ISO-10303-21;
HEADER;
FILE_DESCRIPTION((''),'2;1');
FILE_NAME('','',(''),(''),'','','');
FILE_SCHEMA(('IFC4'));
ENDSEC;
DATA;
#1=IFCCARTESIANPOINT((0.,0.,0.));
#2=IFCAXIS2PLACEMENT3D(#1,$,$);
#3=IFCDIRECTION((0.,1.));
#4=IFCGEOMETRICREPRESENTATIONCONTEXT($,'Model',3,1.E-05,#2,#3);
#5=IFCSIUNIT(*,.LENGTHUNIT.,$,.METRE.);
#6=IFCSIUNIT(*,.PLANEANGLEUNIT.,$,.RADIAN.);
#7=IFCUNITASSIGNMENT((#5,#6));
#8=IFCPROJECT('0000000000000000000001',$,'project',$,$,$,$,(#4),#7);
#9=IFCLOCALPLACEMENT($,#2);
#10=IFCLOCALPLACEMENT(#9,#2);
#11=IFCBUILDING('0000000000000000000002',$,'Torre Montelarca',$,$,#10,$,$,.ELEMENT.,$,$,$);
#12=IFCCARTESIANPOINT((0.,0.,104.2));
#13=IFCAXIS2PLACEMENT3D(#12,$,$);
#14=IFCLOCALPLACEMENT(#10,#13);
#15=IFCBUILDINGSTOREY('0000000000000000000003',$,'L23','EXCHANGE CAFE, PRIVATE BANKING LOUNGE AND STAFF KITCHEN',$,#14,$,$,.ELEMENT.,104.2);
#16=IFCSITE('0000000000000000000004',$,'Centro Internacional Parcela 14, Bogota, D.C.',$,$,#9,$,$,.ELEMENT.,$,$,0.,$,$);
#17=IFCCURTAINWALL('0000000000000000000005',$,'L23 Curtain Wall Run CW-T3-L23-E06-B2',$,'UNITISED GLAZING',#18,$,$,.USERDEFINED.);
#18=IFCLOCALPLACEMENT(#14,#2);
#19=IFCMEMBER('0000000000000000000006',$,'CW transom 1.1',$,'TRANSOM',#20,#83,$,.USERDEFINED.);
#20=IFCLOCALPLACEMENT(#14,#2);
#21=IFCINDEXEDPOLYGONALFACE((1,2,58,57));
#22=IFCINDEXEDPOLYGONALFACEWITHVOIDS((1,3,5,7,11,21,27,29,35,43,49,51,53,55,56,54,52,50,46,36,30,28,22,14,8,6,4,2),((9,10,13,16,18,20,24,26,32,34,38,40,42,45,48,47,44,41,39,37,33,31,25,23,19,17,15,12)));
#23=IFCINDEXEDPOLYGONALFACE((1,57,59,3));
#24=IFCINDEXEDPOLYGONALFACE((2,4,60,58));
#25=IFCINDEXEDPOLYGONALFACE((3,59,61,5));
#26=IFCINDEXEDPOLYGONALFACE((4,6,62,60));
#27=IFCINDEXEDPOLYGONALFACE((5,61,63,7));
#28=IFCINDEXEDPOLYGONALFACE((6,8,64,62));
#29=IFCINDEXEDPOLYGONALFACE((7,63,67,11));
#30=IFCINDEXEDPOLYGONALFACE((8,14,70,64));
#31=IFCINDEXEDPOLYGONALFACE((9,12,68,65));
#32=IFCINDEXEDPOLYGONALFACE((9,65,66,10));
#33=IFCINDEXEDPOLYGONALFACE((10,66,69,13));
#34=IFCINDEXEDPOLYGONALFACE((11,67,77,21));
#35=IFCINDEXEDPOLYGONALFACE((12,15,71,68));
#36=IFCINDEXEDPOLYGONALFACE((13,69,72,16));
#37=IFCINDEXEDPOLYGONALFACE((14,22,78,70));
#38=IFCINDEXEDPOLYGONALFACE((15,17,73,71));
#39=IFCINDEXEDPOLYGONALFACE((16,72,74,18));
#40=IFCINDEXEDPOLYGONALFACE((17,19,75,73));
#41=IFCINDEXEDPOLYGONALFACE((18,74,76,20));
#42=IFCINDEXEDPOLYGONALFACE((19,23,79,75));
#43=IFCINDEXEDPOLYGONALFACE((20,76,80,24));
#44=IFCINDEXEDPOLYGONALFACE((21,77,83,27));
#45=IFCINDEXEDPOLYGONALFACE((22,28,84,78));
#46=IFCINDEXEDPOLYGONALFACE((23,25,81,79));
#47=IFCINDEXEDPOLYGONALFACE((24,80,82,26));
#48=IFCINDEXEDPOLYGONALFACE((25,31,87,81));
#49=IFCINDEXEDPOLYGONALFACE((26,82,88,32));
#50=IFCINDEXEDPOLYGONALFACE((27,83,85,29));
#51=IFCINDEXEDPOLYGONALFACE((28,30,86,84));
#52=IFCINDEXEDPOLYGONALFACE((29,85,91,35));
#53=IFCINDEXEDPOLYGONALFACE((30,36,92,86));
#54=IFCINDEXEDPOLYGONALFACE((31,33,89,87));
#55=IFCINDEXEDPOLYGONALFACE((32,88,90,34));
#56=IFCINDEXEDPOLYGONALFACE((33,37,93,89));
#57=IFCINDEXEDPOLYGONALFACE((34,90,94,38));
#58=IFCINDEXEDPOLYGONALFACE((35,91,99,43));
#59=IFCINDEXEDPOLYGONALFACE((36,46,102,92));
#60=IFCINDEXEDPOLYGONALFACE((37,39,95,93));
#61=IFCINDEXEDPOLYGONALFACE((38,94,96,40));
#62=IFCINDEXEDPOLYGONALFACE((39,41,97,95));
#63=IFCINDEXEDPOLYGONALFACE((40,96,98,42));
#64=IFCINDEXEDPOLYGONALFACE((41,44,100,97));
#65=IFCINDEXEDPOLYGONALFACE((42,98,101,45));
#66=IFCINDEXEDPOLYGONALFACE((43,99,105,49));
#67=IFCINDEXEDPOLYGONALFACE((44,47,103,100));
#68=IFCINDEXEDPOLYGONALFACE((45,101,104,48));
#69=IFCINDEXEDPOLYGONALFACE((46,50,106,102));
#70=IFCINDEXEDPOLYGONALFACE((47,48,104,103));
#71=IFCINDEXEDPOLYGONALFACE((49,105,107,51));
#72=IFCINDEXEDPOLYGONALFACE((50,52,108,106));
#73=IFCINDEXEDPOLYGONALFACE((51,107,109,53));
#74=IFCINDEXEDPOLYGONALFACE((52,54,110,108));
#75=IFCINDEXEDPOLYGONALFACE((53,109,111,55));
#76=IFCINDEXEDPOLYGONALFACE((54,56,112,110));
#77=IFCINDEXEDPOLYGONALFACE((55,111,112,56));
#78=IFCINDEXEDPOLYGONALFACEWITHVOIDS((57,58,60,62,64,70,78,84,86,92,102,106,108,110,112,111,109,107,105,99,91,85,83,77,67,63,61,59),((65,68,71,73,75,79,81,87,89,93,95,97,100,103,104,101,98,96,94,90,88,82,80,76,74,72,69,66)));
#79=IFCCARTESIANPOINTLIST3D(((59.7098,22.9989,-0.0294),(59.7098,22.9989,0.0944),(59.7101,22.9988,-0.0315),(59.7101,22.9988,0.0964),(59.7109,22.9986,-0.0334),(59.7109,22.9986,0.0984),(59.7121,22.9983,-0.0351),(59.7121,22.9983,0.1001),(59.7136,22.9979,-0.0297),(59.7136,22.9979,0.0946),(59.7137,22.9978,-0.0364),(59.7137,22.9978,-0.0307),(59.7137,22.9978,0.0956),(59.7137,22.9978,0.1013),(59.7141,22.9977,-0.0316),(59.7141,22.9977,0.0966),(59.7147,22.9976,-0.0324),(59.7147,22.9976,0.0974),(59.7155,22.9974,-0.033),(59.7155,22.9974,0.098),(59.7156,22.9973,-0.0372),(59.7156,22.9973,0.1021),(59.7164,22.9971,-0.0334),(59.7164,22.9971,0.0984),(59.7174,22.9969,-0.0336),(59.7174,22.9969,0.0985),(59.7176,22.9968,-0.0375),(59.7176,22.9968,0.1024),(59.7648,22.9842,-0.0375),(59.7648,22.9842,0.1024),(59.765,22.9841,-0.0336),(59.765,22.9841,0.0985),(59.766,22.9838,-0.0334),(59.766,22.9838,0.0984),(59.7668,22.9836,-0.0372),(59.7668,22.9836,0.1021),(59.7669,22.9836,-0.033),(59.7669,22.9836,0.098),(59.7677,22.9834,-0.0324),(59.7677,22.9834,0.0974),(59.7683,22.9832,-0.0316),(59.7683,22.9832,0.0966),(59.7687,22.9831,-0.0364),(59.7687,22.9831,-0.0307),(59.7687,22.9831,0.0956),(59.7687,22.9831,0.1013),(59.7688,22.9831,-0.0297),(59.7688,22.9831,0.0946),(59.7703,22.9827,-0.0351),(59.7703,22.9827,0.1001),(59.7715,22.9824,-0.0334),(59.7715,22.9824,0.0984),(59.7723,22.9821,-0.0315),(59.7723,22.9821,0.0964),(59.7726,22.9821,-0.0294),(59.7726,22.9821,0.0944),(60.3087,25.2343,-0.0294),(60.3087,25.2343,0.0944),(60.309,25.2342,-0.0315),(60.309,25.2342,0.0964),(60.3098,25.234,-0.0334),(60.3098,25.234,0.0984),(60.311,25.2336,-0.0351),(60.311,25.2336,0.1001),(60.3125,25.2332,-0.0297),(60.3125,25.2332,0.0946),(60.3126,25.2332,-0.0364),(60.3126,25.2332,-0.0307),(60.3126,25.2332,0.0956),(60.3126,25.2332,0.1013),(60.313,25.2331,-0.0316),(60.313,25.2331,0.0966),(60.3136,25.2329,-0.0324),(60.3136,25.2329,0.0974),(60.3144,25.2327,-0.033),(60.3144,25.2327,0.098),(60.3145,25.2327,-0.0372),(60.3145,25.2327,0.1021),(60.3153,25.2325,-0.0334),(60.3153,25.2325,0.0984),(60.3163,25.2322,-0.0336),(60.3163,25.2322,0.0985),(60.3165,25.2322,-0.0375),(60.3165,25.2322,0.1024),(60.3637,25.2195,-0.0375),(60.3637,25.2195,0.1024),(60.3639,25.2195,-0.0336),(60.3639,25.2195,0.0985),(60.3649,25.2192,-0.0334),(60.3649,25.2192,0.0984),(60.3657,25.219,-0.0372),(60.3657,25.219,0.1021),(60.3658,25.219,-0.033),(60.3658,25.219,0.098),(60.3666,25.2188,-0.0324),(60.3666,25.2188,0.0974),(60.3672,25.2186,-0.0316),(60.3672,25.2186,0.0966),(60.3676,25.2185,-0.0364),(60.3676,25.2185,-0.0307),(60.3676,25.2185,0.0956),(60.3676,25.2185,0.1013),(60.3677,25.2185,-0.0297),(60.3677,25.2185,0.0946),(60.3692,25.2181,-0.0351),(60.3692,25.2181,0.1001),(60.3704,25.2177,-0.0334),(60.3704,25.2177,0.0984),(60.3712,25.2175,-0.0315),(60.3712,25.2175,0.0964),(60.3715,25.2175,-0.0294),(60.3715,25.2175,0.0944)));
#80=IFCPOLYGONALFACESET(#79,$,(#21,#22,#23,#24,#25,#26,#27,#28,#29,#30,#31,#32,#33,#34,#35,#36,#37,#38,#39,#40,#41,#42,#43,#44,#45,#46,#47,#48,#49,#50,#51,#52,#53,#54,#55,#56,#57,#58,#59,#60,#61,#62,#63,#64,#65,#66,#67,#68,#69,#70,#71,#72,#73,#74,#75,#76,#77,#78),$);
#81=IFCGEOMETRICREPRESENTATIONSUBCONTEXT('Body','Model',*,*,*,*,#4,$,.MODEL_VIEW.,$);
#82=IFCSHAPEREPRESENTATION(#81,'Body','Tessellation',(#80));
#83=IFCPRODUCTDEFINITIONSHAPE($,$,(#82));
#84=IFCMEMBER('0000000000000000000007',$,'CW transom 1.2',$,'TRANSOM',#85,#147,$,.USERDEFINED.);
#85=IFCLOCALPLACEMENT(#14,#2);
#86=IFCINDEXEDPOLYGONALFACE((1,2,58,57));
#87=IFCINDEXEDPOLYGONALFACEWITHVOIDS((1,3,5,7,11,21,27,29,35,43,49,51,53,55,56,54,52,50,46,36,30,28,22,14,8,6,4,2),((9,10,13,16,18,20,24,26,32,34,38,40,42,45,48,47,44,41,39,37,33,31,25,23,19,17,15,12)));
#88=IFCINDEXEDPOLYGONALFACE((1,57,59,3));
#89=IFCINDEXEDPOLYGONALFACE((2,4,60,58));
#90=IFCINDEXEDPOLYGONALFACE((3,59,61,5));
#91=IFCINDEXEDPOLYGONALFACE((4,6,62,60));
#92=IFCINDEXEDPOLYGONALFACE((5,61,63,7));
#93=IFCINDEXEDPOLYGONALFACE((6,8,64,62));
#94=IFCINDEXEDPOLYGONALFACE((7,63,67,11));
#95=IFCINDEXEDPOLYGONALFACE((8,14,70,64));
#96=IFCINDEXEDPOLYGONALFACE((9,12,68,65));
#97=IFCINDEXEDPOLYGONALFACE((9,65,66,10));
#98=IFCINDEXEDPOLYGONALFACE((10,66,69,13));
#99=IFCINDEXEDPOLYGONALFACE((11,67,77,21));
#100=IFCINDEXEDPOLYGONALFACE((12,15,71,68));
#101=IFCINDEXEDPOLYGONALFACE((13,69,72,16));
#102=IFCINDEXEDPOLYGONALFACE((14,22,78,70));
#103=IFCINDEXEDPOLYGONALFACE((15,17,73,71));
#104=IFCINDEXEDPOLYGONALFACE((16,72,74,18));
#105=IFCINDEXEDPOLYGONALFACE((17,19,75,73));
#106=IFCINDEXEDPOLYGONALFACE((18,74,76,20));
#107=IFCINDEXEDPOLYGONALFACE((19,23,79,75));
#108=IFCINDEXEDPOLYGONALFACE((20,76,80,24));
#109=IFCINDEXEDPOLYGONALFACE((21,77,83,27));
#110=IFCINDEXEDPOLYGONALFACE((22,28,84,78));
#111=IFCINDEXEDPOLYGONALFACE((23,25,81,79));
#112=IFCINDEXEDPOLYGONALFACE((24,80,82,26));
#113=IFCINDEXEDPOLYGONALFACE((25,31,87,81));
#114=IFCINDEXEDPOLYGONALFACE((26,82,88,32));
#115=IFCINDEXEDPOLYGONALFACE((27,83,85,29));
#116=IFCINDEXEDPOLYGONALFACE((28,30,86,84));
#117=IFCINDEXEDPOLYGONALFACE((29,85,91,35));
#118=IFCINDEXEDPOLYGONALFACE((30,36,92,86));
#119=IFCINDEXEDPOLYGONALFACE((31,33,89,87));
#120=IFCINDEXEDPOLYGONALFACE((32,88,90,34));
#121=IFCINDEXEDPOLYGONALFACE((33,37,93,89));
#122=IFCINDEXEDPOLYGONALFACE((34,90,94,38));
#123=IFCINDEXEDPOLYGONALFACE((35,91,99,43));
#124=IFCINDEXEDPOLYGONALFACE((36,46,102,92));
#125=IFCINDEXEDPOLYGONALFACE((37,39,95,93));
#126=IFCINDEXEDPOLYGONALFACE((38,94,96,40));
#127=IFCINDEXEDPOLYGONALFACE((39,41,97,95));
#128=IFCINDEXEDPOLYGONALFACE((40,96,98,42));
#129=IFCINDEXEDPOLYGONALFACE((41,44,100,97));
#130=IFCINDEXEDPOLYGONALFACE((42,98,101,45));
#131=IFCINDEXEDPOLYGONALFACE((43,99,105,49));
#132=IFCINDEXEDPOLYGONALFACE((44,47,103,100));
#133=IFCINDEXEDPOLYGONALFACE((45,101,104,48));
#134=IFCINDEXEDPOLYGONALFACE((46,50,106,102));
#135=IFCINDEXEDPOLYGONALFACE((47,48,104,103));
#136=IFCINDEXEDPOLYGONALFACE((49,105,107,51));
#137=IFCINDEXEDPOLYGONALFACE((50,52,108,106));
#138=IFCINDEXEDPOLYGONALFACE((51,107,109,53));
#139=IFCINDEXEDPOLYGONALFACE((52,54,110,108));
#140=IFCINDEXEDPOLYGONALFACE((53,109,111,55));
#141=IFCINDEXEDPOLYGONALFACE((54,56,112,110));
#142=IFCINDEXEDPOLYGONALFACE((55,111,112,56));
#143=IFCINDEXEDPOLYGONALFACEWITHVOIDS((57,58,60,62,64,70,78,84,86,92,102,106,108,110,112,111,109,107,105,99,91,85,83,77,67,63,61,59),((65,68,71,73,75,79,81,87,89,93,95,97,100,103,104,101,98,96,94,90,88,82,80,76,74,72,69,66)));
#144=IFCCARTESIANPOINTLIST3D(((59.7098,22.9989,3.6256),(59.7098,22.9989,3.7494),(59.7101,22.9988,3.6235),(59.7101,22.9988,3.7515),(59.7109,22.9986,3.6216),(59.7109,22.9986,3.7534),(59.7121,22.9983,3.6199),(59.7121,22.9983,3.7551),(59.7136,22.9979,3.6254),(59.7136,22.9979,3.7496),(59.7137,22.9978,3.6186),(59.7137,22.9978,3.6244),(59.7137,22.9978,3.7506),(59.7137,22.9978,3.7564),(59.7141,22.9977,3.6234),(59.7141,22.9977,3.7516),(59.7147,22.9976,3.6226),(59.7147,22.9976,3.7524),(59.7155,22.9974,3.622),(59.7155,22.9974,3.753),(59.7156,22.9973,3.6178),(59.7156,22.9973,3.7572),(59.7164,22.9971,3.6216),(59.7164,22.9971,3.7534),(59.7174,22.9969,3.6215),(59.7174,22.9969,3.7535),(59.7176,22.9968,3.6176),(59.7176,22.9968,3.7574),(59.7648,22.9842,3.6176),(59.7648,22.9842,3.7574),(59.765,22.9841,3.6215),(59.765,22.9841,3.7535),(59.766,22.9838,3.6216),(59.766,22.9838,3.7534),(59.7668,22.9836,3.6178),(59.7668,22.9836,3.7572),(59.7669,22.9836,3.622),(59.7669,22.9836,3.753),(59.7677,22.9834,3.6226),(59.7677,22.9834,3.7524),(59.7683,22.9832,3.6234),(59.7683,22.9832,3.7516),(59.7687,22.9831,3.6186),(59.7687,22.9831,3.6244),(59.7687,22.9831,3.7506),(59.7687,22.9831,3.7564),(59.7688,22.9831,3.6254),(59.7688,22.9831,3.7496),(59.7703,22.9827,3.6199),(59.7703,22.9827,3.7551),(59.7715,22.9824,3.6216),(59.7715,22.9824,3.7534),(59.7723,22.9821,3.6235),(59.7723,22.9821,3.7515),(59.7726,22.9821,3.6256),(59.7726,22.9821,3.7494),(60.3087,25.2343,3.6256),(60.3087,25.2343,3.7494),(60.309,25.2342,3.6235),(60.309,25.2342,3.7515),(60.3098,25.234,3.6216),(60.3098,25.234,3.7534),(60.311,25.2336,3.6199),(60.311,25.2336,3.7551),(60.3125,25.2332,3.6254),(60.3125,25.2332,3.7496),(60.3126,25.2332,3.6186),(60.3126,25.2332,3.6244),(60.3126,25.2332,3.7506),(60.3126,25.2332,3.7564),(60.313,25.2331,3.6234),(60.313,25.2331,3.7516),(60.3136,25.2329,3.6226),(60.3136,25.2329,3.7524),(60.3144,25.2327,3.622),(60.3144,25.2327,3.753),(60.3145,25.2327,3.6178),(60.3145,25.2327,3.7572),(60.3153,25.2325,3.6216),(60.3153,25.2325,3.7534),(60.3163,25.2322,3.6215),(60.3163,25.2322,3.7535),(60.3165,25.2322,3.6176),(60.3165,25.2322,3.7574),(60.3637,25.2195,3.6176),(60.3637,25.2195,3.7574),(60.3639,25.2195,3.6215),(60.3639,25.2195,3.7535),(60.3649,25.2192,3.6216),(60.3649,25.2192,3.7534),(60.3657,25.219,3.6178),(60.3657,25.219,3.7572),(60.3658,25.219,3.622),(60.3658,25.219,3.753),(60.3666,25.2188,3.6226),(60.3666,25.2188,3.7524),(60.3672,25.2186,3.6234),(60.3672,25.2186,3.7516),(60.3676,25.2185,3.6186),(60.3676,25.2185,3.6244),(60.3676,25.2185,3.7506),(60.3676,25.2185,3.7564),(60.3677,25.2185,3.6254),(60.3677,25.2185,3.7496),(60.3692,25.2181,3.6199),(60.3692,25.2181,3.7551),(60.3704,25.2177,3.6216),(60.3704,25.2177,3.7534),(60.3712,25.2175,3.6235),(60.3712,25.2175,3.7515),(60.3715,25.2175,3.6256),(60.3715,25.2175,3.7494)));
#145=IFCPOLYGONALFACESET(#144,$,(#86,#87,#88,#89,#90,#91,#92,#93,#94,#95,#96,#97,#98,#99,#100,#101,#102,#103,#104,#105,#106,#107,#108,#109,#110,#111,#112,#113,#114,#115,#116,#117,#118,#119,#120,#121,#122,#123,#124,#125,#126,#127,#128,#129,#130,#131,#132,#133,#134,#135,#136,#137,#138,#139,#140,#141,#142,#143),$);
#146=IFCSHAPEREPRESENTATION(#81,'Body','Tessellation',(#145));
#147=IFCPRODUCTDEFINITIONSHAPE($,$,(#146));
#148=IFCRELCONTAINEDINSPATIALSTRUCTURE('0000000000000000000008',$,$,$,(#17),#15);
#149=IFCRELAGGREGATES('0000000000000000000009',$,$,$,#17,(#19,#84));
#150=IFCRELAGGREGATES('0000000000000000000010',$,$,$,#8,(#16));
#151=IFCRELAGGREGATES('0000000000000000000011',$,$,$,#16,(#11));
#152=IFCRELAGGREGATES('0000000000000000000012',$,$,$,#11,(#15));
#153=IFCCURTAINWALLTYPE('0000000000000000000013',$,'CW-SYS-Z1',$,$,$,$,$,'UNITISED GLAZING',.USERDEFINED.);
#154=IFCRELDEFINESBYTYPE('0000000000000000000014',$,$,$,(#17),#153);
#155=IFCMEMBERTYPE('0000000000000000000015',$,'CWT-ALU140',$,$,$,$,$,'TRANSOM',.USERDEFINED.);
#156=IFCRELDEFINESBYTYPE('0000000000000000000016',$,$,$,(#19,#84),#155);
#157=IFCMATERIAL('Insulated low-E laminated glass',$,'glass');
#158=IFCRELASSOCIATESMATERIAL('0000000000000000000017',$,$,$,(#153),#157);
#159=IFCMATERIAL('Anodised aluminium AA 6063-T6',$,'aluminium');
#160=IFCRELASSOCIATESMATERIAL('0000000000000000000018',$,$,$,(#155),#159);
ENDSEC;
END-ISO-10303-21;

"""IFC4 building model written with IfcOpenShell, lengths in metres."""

from ifc_helpers import new_model, si_unit, direction, frame, origin, origin_2d, place, context, subcontext, project, spatial, hollow_rectangle, extrude, source, transform, mapped, material, material_profile, profile_set, type_object, element, aggregate, save


model = new_model("IFC4")

# Units and contexts
model_context = context("Model", 3, precision=1e-05, world=origin(), true_north=direction((0.0, 1.0)))
body_context = subcontext(model_context, "Body", "Model", "MODEL_VIEW")
ifc_project = project(units=[si_unit("LENGTHUNIT", "METRE"), si_unit("PLANEANGLEUNIT", "RADIAN")], contexts=[model_context])

# Site, building, storey
site_placement = place(None, origin())
site = spatial("IfcSite", under=ifc_project, at=site_placement, Name="Centro Internacional Parcela 14, Bogota, D.C.", CompositionType="ELEMENT", RefElevation=0.0)
building_placement = place(site_placement, origin())
building = spatial("IfcBuilding", under=site, at=building_placement, Name="Torre Montelarca", CompositionType="ELEMENT")
storey_placement = place(building_placement, frame((0.0, 0.0, 104.2)))
storey = spatial("IfcBuildingStorey", under=building, at=storey_placement, Name="L23", Description="EXCHANGE CAFE, PRIVATE BANKING LOUNGE AND STAFF KITCHEN", CompositionType="ELEMENT", Elevation=104.2)

# Curtain wall, members
ifc_material_1 = material(Name="Insulated low-E laminated glass", Category="glass")
curtain_wall_type = type_object("IfcCurtainWallType", Name="CW-SYS-Z1", ElementType="UNITISED GLAZING", PredefinedType="USERDEFINED", material=ifc_material_1)
ifc_material_2 = material(Name="Anodised aluminium AA 6063-T6", Category="aluminium")
ifc_material_profile_1 = material_profile(ifc_material_2, hollow_rectangle(XDim=0.0649, YDim=0.1399, WallThickness=0.0039, InnerFilletRadius=0.0039, OuterFilletRadius=0.0081, at=origin_2d()), Name="ALU65X140X4", Category="aluminium")
ifc_profile_set_1 = profile_set([ifc_material_profile_1], Name="Anodised aluminium AA 6063-T6")
member_type_1 = type_object("IfcMemberType", Name="CWT-ALU140", ElementType="TRANSOM", PredefinedType="USERDEFINED", material=ifc_profile_set_1)
curtain_wall_1_placement = place(storey_placement, origin())
curtain_wall_1 = element("IfcCurtainWall", 1, at=curtain_wall_1_placement, inside=storey, type_object=curtain_wall_type, Name="L23 Curtain Wall Run CW-T3-L23-E06-B2", ObjectType="UNITISED GLAZING", PredefinedType="USERDEFINED")
shared_shape_1 = source(origin(), body_context, "Body", "SweptSolid", [
    extrude(hollow_rectangle(XDim=0.0649, YDim=0.1399, WallThickness=0.0039, InnerFilletRadius=0.0039, OuterFilletRadius=0.0081, at=origin_2d()), origin(), (0.0, 0.0, 1.0), 2.3142),
])
member_1_placement = place(storey_placement, frame((59.7412, 22.9905, 0.0325), z_axis=(0.258785, 0.965935, 0.0), x_axis=(-0.965935, 0.258785, 0.0)))
member_1 = element("IfcMember", 2, at=member_1_placement, type_object=member_type_1, Name="CW transom 1.1", ObjectType="TRANSOM", PredefinedType="USERDEFINED", context=body_context, shape_type="MappedRepresentation", body=[
    mapped(shared_shape_1, transform((0.0, 0.0, 0.0), scale=1.0)),
])
member_2_placement = place(storey_placement, frame((59.7412, 22.9905, 3.6875), z_axis=(0.258785, 0.965935, 0.0), x_axis=(-0.965935, 0.258785, 0.0)))
member_2 = element("IfcMember", 3, at=member_2_placement, type_object=member_type_1, Name="CW transom 1.2", ObjectType="TRANSOM", PredefinedType="USERDEFINED", context=body_context, shape_type="MappedRepresentation", body=[
    mapped(shared_shape_1, transform((0.0, 0.0, 0.0), scale=1.0)),
])

aggregate(curtain_wall_1, [member_1, member_2])

save(model, "model.ifc")
